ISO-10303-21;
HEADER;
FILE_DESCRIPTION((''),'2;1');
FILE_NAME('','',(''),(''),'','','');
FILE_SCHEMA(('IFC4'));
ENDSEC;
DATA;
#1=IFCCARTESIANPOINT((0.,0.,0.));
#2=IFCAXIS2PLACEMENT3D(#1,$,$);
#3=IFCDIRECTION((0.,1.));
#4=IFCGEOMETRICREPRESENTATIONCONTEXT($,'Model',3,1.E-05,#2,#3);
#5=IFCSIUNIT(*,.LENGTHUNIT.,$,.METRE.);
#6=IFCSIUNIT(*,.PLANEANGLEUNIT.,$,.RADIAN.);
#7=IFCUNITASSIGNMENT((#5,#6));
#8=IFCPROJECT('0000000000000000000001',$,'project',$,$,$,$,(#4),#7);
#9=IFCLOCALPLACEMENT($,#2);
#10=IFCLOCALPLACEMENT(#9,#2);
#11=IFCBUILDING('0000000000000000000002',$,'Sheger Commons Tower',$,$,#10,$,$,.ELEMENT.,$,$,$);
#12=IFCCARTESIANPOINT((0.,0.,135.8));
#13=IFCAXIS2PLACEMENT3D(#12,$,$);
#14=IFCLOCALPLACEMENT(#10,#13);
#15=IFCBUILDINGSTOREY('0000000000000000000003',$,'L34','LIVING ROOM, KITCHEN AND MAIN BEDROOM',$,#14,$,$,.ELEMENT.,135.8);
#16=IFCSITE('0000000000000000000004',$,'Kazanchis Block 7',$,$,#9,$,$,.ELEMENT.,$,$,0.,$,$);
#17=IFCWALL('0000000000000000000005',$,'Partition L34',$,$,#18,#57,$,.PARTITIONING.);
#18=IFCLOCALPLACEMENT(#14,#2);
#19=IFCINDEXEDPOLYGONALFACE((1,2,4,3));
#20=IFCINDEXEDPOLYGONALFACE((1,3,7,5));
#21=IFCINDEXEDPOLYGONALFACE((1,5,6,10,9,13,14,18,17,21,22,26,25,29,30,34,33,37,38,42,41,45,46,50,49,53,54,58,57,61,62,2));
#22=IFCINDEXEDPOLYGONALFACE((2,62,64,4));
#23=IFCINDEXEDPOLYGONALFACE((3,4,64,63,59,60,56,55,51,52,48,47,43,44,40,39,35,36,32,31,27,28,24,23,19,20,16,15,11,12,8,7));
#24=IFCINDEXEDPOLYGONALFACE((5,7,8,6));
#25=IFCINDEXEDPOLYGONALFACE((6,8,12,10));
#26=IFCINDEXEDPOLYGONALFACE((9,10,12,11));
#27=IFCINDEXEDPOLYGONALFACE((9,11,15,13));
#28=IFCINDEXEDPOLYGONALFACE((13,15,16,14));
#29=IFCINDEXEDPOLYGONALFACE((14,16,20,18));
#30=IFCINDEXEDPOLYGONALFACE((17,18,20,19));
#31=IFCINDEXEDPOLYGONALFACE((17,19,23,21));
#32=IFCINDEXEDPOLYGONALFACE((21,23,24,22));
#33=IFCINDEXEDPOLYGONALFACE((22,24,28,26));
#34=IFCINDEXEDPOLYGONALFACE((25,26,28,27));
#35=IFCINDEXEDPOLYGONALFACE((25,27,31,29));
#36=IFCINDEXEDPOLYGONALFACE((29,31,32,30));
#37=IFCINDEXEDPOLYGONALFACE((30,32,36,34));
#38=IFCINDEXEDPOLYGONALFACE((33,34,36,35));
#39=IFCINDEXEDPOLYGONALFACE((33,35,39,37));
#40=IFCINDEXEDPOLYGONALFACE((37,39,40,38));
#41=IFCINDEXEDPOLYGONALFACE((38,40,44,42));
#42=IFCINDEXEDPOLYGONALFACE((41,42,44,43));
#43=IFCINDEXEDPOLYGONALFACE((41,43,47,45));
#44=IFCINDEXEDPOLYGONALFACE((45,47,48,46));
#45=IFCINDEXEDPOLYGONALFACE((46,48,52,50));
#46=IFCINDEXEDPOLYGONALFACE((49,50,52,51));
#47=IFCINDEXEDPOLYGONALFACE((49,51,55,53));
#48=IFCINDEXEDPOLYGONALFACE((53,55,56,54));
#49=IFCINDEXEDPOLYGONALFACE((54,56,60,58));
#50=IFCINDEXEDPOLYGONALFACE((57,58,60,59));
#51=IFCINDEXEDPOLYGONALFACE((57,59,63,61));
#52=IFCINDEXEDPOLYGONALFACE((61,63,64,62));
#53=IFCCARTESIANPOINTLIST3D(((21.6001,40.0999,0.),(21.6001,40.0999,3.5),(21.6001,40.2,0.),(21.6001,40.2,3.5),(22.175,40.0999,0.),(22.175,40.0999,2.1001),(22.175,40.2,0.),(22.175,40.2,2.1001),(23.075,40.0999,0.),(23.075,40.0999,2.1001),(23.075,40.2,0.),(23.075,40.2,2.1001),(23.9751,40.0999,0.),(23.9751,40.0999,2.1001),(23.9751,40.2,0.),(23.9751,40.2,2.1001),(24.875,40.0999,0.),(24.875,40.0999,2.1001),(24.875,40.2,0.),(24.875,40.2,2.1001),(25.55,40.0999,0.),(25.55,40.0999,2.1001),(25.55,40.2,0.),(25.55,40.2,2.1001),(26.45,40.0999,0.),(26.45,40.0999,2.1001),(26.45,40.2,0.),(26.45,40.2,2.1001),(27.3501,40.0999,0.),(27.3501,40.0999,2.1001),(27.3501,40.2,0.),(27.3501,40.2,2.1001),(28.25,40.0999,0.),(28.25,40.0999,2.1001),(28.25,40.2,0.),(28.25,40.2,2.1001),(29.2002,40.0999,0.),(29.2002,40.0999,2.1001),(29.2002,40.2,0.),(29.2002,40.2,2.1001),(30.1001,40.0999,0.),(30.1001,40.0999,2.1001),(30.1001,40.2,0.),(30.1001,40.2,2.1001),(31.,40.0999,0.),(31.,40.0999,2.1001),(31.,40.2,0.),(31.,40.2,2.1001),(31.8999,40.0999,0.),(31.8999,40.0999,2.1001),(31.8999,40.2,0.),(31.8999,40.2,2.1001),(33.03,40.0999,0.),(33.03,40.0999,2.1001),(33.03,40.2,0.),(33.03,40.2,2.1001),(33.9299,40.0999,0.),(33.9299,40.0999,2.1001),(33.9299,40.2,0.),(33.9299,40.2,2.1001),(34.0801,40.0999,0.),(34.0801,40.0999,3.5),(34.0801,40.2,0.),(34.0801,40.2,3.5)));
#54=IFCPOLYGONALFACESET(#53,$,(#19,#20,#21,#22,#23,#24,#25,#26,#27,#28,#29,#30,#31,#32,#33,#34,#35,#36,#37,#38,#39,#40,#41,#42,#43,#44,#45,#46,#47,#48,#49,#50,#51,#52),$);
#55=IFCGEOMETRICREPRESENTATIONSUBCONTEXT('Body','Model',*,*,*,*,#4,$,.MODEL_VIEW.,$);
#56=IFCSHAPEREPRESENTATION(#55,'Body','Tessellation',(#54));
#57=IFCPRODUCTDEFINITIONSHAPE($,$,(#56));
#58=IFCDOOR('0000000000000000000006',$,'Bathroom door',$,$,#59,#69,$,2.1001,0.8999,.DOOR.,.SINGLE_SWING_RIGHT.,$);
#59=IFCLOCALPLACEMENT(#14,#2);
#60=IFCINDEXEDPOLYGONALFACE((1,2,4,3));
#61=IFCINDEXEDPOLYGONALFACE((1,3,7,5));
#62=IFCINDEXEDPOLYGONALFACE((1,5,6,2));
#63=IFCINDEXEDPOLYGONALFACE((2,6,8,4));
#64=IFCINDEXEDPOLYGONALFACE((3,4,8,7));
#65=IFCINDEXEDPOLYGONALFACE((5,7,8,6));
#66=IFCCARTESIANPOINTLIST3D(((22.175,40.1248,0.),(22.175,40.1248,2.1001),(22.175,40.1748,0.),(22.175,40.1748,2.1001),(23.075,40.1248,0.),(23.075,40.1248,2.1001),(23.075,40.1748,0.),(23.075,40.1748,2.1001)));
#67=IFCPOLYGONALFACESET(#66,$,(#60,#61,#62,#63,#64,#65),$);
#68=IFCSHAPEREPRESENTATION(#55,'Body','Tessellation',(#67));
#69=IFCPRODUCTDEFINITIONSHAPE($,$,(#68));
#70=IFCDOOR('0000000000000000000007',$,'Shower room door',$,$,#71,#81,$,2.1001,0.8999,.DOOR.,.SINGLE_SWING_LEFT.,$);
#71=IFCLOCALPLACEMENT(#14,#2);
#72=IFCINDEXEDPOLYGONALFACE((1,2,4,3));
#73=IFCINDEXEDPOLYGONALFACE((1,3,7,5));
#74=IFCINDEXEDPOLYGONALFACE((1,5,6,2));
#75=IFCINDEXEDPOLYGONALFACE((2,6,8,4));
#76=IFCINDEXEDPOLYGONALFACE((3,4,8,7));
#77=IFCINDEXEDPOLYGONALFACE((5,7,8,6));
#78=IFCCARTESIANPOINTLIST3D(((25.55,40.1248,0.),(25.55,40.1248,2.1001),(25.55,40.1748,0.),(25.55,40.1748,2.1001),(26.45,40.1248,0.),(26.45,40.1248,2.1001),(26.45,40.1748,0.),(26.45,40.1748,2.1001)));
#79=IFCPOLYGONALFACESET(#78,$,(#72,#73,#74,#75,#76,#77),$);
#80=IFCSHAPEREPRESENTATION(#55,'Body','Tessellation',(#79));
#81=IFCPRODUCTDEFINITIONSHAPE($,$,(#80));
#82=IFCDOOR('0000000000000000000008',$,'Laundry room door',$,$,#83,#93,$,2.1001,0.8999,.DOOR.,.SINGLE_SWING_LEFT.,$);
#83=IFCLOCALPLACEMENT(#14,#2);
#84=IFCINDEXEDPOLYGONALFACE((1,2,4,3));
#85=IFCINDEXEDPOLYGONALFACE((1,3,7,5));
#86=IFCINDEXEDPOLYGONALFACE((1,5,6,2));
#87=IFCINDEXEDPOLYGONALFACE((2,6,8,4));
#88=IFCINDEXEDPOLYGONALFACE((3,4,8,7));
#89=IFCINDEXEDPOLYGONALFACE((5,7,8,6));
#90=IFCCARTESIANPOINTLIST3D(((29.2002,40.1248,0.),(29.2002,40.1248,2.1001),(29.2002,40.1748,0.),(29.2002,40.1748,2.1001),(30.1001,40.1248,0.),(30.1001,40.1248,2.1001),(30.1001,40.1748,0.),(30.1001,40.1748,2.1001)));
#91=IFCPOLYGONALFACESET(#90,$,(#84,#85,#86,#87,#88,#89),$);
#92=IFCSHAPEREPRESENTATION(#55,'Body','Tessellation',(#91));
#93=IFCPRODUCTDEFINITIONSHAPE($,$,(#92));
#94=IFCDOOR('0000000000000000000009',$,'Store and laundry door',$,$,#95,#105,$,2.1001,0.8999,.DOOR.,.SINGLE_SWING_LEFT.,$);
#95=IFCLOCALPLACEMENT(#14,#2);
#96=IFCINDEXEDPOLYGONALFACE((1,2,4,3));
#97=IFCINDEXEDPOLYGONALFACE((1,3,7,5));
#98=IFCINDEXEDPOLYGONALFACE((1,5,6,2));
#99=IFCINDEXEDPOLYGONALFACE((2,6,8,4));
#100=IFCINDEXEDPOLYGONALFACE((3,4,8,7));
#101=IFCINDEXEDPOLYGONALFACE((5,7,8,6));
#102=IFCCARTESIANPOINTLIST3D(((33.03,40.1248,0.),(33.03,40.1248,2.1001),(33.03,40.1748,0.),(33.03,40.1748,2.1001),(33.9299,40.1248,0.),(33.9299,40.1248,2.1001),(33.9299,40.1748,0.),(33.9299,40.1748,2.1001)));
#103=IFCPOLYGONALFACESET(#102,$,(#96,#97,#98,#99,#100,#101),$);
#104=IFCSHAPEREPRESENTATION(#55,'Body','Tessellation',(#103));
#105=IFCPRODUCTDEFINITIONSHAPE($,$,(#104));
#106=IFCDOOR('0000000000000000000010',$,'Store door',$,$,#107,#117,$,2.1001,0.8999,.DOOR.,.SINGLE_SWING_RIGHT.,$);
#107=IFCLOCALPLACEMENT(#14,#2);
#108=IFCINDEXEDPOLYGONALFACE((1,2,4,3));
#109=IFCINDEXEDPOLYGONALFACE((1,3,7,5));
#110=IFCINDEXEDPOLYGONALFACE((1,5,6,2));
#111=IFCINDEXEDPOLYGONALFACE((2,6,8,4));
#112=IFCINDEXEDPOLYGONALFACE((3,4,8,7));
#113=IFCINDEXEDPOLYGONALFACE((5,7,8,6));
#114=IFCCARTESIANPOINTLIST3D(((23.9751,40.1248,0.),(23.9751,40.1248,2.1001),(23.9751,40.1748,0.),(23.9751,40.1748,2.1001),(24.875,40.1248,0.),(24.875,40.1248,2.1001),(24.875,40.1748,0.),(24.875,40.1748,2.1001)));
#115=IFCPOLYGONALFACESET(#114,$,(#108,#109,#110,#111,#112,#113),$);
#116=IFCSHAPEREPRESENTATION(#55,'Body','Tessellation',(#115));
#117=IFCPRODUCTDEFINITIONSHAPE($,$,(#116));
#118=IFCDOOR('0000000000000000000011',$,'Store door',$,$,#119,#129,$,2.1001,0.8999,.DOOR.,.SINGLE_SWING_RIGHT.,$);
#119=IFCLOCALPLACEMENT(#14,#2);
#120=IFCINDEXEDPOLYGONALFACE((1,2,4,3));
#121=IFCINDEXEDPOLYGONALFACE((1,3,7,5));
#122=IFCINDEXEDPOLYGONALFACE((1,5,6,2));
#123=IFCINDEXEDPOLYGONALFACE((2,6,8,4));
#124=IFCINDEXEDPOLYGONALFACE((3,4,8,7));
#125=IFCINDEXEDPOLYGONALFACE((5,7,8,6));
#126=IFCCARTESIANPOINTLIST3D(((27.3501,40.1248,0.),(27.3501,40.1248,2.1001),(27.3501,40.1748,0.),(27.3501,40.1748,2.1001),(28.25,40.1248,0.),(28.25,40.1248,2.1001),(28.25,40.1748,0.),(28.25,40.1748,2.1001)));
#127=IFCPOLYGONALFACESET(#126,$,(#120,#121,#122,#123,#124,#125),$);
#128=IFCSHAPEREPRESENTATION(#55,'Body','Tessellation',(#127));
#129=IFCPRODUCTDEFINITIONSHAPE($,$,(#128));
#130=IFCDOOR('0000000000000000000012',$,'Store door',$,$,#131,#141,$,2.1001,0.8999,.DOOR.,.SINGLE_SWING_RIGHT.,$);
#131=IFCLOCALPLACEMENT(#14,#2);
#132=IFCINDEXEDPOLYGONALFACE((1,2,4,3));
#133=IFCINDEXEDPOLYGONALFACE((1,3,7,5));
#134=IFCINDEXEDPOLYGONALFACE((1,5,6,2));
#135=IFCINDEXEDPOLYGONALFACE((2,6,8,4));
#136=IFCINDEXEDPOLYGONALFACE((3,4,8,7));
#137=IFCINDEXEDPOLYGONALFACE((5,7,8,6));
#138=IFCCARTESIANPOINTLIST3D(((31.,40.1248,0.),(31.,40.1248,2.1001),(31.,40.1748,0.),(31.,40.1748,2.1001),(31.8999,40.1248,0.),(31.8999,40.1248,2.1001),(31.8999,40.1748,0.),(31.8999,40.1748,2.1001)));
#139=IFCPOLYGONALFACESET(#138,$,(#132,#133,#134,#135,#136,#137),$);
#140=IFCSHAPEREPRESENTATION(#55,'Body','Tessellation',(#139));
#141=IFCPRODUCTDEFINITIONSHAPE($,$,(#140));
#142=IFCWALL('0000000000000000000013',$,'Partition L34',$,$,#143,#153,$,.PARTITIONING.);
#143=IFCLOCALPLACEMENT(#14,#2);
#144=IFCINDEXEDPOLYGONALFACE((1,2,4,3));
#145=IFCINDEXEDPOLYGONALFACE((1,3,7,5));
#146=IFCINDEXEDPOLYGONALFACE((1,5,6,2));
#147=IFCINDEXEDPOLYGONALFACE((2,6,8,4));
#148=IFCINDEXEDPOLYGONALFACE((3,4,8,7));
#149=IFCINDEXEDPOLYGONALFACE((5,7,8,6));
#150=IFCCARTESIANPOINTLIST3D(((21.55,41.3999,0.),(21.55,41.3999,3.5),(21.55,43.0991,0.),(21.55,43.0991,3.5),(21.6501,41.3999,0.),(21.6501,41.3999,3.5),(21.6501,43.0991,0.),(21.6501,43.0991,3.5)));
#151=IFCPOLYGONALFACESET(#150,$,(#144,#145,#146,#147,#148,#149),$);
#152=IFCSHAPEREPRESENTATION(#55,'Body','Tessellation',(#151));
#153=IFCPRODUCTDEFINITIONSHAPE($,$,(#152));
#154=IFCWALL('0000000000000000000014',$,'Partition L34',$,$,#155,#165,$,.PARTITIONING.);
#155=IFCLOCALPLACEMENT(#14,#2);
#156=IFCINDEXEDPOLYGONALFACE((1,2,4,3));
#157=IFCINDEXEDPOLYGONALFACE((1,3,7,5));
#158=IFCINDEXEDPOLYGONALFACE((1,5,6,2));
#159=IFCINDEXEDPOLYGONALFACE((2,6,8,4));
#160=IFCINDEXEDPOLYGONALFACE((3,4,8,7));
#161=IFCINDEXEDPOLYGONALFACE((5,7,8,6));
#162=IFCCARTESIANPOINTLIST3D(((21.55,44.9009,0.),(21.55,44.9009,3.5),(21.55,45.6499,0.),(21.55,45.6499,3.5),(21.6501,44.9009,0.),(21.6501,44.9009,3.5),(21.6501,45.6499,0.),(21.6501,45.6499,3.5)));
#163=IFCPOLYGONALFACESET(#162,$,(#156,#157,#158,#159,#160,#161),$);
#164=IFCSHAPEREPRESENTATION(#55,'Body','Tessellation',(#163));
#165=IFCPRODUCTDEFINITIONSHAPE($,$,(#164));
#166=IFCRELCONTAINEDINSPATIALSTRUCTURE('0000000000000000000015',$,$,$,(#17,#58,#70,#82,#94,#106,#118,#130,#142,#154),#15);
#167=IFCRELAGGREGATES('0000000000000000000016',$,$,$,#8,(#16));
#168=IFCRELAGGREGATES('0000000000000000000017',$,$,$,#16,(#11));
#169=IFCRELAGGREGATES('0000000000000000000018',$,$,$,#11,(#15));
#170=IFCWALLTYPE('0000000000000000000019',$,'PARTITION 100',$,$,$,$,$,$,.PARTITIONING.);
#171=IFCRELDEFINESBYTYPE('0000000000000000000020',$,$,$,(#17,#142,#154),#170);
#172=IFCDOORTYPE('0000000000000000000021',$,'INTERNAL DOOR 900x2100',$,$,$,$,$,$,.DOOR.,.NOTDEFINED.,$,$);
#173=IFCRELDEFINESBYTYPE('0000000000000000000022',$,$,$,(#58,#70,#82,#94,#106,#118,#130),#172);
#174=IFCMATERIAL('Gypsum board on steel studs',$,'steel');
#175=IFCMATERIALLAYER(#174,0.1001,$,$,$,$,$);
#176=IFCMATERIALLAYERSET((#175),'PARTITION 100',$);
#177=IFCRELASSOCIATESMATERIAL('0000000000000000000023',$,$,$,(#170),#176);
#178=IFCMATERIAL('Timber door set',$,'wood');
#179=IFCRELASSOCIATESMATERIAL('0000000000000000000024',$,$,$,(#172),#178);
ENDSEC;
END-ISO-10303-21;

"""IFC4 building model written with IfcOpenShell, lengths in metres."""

from ifc_helpers import new_model, si_unit, direction, frame, frame_2d, origin, place, context, subcontext, project, spatial, rectangle, extrude, material, layer, layer_set, type_object, element, fill, save


model = new_model("IFC4")

# Units and contexts
model_context = context("Model", 3, precision=1e-05, world=origin(), true_north=direction((0.0, 1.0)))
body_context = subcontext(model_context, "Body", "Model", "MODEL_VIEW")
ifc_project = project(units=[si_unit("LENGTHUNIT", "METRE"), si_unit("PLANEANGLEUNIT", "RADIAN")], contexts=[model_context])

# Site, building, storey
site_placement = place(None, origin())
site = spatial("IfcSite", under=ifc_project, at=site_placement, Name="Kazanchis Block 7", CompositionType="ELEMENT", RefElevation=0.0)
building_placement = place(site_placement, origin())
building = spatial("IfcBuilding", under=site, at=building_placement, Name="Sheger Commons Tower", CompositionType="ELEMENT")
storey_placement = place(building_placement, frame((0.0, 0.0, 135.8)))
storey = spatial("IfcBuildingStorey", under=building, at=storey_placement, Name="L34", Description="LIVING ROOM, KITCHEN AND MAIN BEDROOM", CompositionType="ELEMENT", Elevation=135.8)

# Wall, openings, doors
ifc_material_1 = material(Name="Gypsum board on steel studs", Category="steel")
ifc_layer_1 = layer(ifc_material_1, 0.1001)
ifc_layer_set_1 = layer_set([ifc_layer_1], Name="PARTITION 100")
wall_type = type_object("IfcWallType", Name="PARTITION 100", PredefinedType="PARTITIONING", material=ifc_layer_set_1)
ifc_material_2 = material(Name="Timber door set", Category="wood")
door_type = type_object("IfcDoorType", Name="INTERNAL DOOR 900x2100", OperationType="NOTDEFINED", PredefinedType="DOOR", material=ifc_material_2)
wall_1_placement = place(storey_placement, frame((21.6001, 40.1499, 0.0), z_axis=(0.0, 0.0, 1.0), x_axis=(1.0, 0.0, 0.0)))
wall_1 = element("IfcWall", 1, at=wall_1_placement, inside=storey, type_object=wall_type, Name="Partition L34", PredefinedType="PARTITIONING", context=body_context, shape_type="SweptSolid", body=[
    extrude(rectangle(XDim=12.48, YDim=0.1001, at=frame_2d((6.24, 0.0))), origin(), (0.0, 0.0, 1.0), 3.5),
])
opening_1_placement = place(wall_1_placement, frame((0.575, 0.0, 0.0)))
opening_1 = element("IfcOpeningElement", 2, at=opening_1_placement, cuts=wall_1, PredefinedType="OPENING", context=body_context, shape_type="SweptSolid", body=[
    extrude(rectangle(XDim=0.8999, YDim=2.1001, at=frame_2d((0.45, 1.05))), frame((0.0, 0.0601, 0.0), z_axis=(0.0, -1.0, 0.0), x_axis=(1.0, 0.0, 0.0)), (0.0, 0.0, 1.0), 0.1201),
])
opening_2_placement = place(wall_1_placement, frame((3.95, 0.0, 0.0)))
opening_2 = element("IfcOpeningElement", 3, at=opening_2_placement, cuts=wall_1, PredefinedType="OPENING", context=body_context, shape_type="SweptSolid", body=[
    extrude(rectangle(XDim=0.8999, YDim=2.1001, at=frame_2d((0.45, 1.05))), frame((0.0, 0.0601, 0.0), z_axis=(0.0, -1.0, 0.0), x_axis=(1.0, 0.0, 0.0)), (0.0, 0.0, 1.0), 0.1201),
])
opening_3_placement = place(wall_1_placement, frame((7.6001, 0.0, 0.0)))
opening_3 = element("IfcOpeningElement", 4, at=opening_3_placement, cuts=wall_1, PredefinedType="OPENING", context=body_context, shape_type="SweptSolid", body=[
    extrude(rectangle(XDim=0.8999, YDim=2.1001, at=frame_2d((0.45, 1.05))), frame((0.0, 0.0601, 0.0), z_axis=(0.0, -1.0, 0.0), x_axis=(1.0, 0.0, 0.0)), (0.0, 0.0, 1.0), 0.1201),
])
opening_4_placement = place(wall_1_placement, frame((11.4299, 0.0, 0.0)))
opening_4 = element("IfcOpeningElement", 5, at=opening_4_placement, cuts=wall_1, PredefinedType="OPENING", context=body_context, shape_type="SweptSolid", body=[
    extrude(rectangle(XDim=0.8999, YDim=2.1001, at=frame_2d((0.45, 1.05))), frame((0.0, 0.0601, 0.0), z_axis=(0.0, -1.0, 0.0), x_axis=(1.0, 0.0, 0.0)), (0.0, 0.0, 1.0), 0.1201),
])
opening_5_placement = place(wall_1_placement, frame((2.375, 0.0, 0.0)))
opening_5 = element("IfcOpeningElement", 6, at=opening_5_placement, cuts=wall_1, PredefinedType="OPENING", context=body_context, shape_type="SweptSolid", body=[
    extrude(rectangle(XDim=0.8999, YDim=2.1001, at=frame_2d((0.45, 1.05))), frame((0.0, 0.0601, 0.0), z_axis=(0.0, -1.0, 0.0), x_axis=(1.0, 0.0, 0.0)), (0.0, 0.0, 1.0), 0.1201),
])
opening_6_placement = place(wall_1_placement, frame((5.75, 0.0, 0.0)))
opening_6 = element("IfcOpeningElement", 7, at=opening_6_placement, cuts=wall_1, PredefinedType="OPENING", context=body_context, shape_type="SweptSolid", body=[
    extrude(rectangle(XDim=0.8999, YDim=2.1001, at=frame_2d((0.45, 1.05))), frame((0.0, 0.0601, 0.0), z_axis=(0.0, -1.0, 0.0), x_axis=(1.0, 0.0, 0.0)), (0.0, 0.0, 1.0), 0.1201),
])
opening_7_placement = place(wall_1_placement, frame((9.3999, 0.0, 0.0)))
opening_7 = element("IfcOpeningElement", 8, at=opening_7_placement, cuts=wall_1, PredefinedType="OPENING", context=body_context, shape_type="SweptSolid", body=[
    extrude(rectangle(XDim=0.8999, YDim=2.1001, at=frame_2d((0.45, 1.05))), frame((0.0, 0.0601, 0.0), z_axis=(0.0, -1.0, 0.0), x_axis=(1.0, 0.0, 0.0)), (0.0, 0.0, 1.0), 0.1201),
])
door_1_placement = place(opening_1_placement, origin())
door_1 = element("IfcDoor", 9, at=door_1_placement, inside=storey, type_object=door_type, Name="Bathroom door", OperationType="SINGLE_SWING_RIGHT", OverallHeight=2.1001, OverallWidth=0.8999, PredefinedType="DOOR", context=body_context, shape_type="SweptSolid", body=[
    extrude(rectangle(XDim=0.8999, YDim=2.1001, at=frame_2d((0.45, 1.05))), frame((0.0, 0.0249, 0.0), z_axis=(0.0, -1.0, 0.0), x_axis=(1.0, 0.0, 0.0)), (0.0, 0.0, 1.0), 0.05),
])
fill(opening_1, door_1)
door_2_placement = place(opening_2_placement, origin())
door_2 = element("IfcDoor", 10, at=door_2_placement, inside=storey, type_object=door_type, Name="Shower room door", OperationType="SINGLE_SWING_LEFT", OverallHeight=2.1001, OverallWidth=0.8999, PredefinedType="DOOR", context=body_context, shape_type="SweptSolid", body=[
    extrude(rectangle(XDim=0.8999, YDim=2.1001, at=frame_2d((0.45, 1.05))), frame((0.0, 0.0249, 0.0), z_axis=(0.0, -1.0, 0.0), x_axis=(1.0, 0.0, 0.0)), (0.0, 0.0, 1.0), 0.05),
])
fill(opening_2, door_2)
door_3_placement = place(opening_3_placement, origin())
door_3 = element("IfcDoor", 11, at=door_3_placement, inside=storey, type_object=door_type, Name="Laundry room door", OperationType="SINGLE_SWING_LEFT", OverallHeight=2.1001, OverallWidth=0.8999, PredefinedType="DOOR", context=body_context, shape_type="SweptSolid", body=[
    extrude(rectangle(XDim=0.8999, YDim=2.1001, at=frame_2d((0.45, 1.05))), frame((0.0, 0.0249, 0.0), z_axis=(0.0, -1.0, 0.0), x_axis=(1.0, 0.0, 0.0)), (0.0, 0.0, 1.0), 0.05),
])
fill(opening_3, door_3)
door_4_placement = place(opening_4_placement, origin())
door_4 = element("IfcDoor", 12, at=door_4_placement, inside=storey, type_object=door_type, Name="Store and laundry door", OperationType="SINGLE_SWING_LEFT", OverallHeight=2.1001, OverallWidth=0.8999, PredefinedType="DOOR", context=body_context, shape_type="SweptSolid", body=[
    extrude(rectangle(XDim=0.8999, YDim=2.1001, at=frame_2d((0.45, 1.05))), frame((0.0, 0.0249, 0.0), z_axis=(0.0, -1.0, 0.0), x_axis=(1.0, 0.0, 0.0)), (0.0, 0.0, 1.0), 0.05),
])
fill(opening_4, door_4)
door_5_placement = place(opening_5_placement, origin())
door_5 = element("IfcDoor", 13, at=door_5_placement, inside=storey, type_object=door_type, Name="Store door", OperationType="SINGLE_SWING_RIGHT", OverallHeight=2.1001, OverallWidth=0.8999, PredefinedType="DOOR", context=body_context, shape_type="SweptSolid", body=[
    extrude(rectangle(XDim=0.8999, YDim=2.1001, at=frame_2d((0.45, 1.05))), frame((0.0, 0.0249, 0.0), z_axis=(0.0, -1.0, 0.0), x_axis=(1.0, 0.0, 0.0)), (0.0, 0.0, 1.0), 0.05),
])
fill(opening_5, door_5)
door_6_placement = place(opening_6_placement, origin())
door_6 = element("IfcDoor", 14, at=door_6_placement, inside=storey, type_object=door_type, Name="Store door", OperationType="SINGLE_SWING_RIGHT", OverallHeight=2.1001, OverallWidth=0.8999, PredefinedType="DOOR", context=body_context, shape_type="SweptSolid", body=[
    extrude(rectangle(XDim=0.8999, YDim=2.1001, at=frame_2d((0.45, 1.05))), frame((0.0, 0.0249, 0.0), z_axis=(0.0, -1.0, 0.0), x_axis=(1.0, 0.0, 0.0)), (0.0, 0.0, 1.0), 0.05),
])
fill(opening_6, door_6)
door_7_placement = place(opening_7_placement, origin())
door_7 = element("IfcDoor", 15, at=door_7_placement, inside=storey, type_object=door_type, Name="Store door", OperationType="SINGLE_SWING_RIGHT", OverallHeight=2.1001, OverallWidth=0.8999, PredefinedType="DOOR", context=body_context, shape_type="SweptSolid", body=[
    extrude(rectangle(XDim=0.8999, YDim=2.1001, at=frame_2d((0.45, 1.05))), frame((0.0, 0.0249, 0.0), z_axis=(0.0, -1.0, 0.0), x_axis=(1.0, 0.0, 0.0)), (0.0, 0.0, 1.0), 0.05),
])
fill(opening_7, door_7)

# Walls
wall_2_placement = place(storey_placement, frame((21.6001, 41.3999, 0.0), z_axis=(0.0, 0.0, 1.0), x_axis=(0.0, 1.0, 0.0)))
element("IfcWall", 16, at=wall_2_placement, inside=storey, type_object=wall_type, Name="Partition L34", PredefinedType="PARTITIONING", context=body_context, shape_type="SweptSolid", body=[
    extrude(rectangle(XDim=1.6992, YDim=0.1001, at=frame_2d((0.8496, 0.0))), origin(), (0.0, 0.0, 1.0), 3.5),
])
wall_3_placement = place(storey_placement, frame((21.6001, 44.9009, 0.0), z_axis=(0.0, 0.0, 1.0), x_axis=(0.0, 1.0, 0.0)))
element("IfcWall", 17, at=wall_3_placement, inside=storey, type_object=wall_type, Name="Partition L34", PredefinedType="PARTITIONING", context=body_context, shape_type="SweptSolid", body=[
    extrude(rectangle(XDim=0.749, YDim=0.1001, at=frame_2d((0.3745, 0.0))), origin(), (0.0, 0.0, 1.0), 3.5),
])

save(model, "model.ifc")
